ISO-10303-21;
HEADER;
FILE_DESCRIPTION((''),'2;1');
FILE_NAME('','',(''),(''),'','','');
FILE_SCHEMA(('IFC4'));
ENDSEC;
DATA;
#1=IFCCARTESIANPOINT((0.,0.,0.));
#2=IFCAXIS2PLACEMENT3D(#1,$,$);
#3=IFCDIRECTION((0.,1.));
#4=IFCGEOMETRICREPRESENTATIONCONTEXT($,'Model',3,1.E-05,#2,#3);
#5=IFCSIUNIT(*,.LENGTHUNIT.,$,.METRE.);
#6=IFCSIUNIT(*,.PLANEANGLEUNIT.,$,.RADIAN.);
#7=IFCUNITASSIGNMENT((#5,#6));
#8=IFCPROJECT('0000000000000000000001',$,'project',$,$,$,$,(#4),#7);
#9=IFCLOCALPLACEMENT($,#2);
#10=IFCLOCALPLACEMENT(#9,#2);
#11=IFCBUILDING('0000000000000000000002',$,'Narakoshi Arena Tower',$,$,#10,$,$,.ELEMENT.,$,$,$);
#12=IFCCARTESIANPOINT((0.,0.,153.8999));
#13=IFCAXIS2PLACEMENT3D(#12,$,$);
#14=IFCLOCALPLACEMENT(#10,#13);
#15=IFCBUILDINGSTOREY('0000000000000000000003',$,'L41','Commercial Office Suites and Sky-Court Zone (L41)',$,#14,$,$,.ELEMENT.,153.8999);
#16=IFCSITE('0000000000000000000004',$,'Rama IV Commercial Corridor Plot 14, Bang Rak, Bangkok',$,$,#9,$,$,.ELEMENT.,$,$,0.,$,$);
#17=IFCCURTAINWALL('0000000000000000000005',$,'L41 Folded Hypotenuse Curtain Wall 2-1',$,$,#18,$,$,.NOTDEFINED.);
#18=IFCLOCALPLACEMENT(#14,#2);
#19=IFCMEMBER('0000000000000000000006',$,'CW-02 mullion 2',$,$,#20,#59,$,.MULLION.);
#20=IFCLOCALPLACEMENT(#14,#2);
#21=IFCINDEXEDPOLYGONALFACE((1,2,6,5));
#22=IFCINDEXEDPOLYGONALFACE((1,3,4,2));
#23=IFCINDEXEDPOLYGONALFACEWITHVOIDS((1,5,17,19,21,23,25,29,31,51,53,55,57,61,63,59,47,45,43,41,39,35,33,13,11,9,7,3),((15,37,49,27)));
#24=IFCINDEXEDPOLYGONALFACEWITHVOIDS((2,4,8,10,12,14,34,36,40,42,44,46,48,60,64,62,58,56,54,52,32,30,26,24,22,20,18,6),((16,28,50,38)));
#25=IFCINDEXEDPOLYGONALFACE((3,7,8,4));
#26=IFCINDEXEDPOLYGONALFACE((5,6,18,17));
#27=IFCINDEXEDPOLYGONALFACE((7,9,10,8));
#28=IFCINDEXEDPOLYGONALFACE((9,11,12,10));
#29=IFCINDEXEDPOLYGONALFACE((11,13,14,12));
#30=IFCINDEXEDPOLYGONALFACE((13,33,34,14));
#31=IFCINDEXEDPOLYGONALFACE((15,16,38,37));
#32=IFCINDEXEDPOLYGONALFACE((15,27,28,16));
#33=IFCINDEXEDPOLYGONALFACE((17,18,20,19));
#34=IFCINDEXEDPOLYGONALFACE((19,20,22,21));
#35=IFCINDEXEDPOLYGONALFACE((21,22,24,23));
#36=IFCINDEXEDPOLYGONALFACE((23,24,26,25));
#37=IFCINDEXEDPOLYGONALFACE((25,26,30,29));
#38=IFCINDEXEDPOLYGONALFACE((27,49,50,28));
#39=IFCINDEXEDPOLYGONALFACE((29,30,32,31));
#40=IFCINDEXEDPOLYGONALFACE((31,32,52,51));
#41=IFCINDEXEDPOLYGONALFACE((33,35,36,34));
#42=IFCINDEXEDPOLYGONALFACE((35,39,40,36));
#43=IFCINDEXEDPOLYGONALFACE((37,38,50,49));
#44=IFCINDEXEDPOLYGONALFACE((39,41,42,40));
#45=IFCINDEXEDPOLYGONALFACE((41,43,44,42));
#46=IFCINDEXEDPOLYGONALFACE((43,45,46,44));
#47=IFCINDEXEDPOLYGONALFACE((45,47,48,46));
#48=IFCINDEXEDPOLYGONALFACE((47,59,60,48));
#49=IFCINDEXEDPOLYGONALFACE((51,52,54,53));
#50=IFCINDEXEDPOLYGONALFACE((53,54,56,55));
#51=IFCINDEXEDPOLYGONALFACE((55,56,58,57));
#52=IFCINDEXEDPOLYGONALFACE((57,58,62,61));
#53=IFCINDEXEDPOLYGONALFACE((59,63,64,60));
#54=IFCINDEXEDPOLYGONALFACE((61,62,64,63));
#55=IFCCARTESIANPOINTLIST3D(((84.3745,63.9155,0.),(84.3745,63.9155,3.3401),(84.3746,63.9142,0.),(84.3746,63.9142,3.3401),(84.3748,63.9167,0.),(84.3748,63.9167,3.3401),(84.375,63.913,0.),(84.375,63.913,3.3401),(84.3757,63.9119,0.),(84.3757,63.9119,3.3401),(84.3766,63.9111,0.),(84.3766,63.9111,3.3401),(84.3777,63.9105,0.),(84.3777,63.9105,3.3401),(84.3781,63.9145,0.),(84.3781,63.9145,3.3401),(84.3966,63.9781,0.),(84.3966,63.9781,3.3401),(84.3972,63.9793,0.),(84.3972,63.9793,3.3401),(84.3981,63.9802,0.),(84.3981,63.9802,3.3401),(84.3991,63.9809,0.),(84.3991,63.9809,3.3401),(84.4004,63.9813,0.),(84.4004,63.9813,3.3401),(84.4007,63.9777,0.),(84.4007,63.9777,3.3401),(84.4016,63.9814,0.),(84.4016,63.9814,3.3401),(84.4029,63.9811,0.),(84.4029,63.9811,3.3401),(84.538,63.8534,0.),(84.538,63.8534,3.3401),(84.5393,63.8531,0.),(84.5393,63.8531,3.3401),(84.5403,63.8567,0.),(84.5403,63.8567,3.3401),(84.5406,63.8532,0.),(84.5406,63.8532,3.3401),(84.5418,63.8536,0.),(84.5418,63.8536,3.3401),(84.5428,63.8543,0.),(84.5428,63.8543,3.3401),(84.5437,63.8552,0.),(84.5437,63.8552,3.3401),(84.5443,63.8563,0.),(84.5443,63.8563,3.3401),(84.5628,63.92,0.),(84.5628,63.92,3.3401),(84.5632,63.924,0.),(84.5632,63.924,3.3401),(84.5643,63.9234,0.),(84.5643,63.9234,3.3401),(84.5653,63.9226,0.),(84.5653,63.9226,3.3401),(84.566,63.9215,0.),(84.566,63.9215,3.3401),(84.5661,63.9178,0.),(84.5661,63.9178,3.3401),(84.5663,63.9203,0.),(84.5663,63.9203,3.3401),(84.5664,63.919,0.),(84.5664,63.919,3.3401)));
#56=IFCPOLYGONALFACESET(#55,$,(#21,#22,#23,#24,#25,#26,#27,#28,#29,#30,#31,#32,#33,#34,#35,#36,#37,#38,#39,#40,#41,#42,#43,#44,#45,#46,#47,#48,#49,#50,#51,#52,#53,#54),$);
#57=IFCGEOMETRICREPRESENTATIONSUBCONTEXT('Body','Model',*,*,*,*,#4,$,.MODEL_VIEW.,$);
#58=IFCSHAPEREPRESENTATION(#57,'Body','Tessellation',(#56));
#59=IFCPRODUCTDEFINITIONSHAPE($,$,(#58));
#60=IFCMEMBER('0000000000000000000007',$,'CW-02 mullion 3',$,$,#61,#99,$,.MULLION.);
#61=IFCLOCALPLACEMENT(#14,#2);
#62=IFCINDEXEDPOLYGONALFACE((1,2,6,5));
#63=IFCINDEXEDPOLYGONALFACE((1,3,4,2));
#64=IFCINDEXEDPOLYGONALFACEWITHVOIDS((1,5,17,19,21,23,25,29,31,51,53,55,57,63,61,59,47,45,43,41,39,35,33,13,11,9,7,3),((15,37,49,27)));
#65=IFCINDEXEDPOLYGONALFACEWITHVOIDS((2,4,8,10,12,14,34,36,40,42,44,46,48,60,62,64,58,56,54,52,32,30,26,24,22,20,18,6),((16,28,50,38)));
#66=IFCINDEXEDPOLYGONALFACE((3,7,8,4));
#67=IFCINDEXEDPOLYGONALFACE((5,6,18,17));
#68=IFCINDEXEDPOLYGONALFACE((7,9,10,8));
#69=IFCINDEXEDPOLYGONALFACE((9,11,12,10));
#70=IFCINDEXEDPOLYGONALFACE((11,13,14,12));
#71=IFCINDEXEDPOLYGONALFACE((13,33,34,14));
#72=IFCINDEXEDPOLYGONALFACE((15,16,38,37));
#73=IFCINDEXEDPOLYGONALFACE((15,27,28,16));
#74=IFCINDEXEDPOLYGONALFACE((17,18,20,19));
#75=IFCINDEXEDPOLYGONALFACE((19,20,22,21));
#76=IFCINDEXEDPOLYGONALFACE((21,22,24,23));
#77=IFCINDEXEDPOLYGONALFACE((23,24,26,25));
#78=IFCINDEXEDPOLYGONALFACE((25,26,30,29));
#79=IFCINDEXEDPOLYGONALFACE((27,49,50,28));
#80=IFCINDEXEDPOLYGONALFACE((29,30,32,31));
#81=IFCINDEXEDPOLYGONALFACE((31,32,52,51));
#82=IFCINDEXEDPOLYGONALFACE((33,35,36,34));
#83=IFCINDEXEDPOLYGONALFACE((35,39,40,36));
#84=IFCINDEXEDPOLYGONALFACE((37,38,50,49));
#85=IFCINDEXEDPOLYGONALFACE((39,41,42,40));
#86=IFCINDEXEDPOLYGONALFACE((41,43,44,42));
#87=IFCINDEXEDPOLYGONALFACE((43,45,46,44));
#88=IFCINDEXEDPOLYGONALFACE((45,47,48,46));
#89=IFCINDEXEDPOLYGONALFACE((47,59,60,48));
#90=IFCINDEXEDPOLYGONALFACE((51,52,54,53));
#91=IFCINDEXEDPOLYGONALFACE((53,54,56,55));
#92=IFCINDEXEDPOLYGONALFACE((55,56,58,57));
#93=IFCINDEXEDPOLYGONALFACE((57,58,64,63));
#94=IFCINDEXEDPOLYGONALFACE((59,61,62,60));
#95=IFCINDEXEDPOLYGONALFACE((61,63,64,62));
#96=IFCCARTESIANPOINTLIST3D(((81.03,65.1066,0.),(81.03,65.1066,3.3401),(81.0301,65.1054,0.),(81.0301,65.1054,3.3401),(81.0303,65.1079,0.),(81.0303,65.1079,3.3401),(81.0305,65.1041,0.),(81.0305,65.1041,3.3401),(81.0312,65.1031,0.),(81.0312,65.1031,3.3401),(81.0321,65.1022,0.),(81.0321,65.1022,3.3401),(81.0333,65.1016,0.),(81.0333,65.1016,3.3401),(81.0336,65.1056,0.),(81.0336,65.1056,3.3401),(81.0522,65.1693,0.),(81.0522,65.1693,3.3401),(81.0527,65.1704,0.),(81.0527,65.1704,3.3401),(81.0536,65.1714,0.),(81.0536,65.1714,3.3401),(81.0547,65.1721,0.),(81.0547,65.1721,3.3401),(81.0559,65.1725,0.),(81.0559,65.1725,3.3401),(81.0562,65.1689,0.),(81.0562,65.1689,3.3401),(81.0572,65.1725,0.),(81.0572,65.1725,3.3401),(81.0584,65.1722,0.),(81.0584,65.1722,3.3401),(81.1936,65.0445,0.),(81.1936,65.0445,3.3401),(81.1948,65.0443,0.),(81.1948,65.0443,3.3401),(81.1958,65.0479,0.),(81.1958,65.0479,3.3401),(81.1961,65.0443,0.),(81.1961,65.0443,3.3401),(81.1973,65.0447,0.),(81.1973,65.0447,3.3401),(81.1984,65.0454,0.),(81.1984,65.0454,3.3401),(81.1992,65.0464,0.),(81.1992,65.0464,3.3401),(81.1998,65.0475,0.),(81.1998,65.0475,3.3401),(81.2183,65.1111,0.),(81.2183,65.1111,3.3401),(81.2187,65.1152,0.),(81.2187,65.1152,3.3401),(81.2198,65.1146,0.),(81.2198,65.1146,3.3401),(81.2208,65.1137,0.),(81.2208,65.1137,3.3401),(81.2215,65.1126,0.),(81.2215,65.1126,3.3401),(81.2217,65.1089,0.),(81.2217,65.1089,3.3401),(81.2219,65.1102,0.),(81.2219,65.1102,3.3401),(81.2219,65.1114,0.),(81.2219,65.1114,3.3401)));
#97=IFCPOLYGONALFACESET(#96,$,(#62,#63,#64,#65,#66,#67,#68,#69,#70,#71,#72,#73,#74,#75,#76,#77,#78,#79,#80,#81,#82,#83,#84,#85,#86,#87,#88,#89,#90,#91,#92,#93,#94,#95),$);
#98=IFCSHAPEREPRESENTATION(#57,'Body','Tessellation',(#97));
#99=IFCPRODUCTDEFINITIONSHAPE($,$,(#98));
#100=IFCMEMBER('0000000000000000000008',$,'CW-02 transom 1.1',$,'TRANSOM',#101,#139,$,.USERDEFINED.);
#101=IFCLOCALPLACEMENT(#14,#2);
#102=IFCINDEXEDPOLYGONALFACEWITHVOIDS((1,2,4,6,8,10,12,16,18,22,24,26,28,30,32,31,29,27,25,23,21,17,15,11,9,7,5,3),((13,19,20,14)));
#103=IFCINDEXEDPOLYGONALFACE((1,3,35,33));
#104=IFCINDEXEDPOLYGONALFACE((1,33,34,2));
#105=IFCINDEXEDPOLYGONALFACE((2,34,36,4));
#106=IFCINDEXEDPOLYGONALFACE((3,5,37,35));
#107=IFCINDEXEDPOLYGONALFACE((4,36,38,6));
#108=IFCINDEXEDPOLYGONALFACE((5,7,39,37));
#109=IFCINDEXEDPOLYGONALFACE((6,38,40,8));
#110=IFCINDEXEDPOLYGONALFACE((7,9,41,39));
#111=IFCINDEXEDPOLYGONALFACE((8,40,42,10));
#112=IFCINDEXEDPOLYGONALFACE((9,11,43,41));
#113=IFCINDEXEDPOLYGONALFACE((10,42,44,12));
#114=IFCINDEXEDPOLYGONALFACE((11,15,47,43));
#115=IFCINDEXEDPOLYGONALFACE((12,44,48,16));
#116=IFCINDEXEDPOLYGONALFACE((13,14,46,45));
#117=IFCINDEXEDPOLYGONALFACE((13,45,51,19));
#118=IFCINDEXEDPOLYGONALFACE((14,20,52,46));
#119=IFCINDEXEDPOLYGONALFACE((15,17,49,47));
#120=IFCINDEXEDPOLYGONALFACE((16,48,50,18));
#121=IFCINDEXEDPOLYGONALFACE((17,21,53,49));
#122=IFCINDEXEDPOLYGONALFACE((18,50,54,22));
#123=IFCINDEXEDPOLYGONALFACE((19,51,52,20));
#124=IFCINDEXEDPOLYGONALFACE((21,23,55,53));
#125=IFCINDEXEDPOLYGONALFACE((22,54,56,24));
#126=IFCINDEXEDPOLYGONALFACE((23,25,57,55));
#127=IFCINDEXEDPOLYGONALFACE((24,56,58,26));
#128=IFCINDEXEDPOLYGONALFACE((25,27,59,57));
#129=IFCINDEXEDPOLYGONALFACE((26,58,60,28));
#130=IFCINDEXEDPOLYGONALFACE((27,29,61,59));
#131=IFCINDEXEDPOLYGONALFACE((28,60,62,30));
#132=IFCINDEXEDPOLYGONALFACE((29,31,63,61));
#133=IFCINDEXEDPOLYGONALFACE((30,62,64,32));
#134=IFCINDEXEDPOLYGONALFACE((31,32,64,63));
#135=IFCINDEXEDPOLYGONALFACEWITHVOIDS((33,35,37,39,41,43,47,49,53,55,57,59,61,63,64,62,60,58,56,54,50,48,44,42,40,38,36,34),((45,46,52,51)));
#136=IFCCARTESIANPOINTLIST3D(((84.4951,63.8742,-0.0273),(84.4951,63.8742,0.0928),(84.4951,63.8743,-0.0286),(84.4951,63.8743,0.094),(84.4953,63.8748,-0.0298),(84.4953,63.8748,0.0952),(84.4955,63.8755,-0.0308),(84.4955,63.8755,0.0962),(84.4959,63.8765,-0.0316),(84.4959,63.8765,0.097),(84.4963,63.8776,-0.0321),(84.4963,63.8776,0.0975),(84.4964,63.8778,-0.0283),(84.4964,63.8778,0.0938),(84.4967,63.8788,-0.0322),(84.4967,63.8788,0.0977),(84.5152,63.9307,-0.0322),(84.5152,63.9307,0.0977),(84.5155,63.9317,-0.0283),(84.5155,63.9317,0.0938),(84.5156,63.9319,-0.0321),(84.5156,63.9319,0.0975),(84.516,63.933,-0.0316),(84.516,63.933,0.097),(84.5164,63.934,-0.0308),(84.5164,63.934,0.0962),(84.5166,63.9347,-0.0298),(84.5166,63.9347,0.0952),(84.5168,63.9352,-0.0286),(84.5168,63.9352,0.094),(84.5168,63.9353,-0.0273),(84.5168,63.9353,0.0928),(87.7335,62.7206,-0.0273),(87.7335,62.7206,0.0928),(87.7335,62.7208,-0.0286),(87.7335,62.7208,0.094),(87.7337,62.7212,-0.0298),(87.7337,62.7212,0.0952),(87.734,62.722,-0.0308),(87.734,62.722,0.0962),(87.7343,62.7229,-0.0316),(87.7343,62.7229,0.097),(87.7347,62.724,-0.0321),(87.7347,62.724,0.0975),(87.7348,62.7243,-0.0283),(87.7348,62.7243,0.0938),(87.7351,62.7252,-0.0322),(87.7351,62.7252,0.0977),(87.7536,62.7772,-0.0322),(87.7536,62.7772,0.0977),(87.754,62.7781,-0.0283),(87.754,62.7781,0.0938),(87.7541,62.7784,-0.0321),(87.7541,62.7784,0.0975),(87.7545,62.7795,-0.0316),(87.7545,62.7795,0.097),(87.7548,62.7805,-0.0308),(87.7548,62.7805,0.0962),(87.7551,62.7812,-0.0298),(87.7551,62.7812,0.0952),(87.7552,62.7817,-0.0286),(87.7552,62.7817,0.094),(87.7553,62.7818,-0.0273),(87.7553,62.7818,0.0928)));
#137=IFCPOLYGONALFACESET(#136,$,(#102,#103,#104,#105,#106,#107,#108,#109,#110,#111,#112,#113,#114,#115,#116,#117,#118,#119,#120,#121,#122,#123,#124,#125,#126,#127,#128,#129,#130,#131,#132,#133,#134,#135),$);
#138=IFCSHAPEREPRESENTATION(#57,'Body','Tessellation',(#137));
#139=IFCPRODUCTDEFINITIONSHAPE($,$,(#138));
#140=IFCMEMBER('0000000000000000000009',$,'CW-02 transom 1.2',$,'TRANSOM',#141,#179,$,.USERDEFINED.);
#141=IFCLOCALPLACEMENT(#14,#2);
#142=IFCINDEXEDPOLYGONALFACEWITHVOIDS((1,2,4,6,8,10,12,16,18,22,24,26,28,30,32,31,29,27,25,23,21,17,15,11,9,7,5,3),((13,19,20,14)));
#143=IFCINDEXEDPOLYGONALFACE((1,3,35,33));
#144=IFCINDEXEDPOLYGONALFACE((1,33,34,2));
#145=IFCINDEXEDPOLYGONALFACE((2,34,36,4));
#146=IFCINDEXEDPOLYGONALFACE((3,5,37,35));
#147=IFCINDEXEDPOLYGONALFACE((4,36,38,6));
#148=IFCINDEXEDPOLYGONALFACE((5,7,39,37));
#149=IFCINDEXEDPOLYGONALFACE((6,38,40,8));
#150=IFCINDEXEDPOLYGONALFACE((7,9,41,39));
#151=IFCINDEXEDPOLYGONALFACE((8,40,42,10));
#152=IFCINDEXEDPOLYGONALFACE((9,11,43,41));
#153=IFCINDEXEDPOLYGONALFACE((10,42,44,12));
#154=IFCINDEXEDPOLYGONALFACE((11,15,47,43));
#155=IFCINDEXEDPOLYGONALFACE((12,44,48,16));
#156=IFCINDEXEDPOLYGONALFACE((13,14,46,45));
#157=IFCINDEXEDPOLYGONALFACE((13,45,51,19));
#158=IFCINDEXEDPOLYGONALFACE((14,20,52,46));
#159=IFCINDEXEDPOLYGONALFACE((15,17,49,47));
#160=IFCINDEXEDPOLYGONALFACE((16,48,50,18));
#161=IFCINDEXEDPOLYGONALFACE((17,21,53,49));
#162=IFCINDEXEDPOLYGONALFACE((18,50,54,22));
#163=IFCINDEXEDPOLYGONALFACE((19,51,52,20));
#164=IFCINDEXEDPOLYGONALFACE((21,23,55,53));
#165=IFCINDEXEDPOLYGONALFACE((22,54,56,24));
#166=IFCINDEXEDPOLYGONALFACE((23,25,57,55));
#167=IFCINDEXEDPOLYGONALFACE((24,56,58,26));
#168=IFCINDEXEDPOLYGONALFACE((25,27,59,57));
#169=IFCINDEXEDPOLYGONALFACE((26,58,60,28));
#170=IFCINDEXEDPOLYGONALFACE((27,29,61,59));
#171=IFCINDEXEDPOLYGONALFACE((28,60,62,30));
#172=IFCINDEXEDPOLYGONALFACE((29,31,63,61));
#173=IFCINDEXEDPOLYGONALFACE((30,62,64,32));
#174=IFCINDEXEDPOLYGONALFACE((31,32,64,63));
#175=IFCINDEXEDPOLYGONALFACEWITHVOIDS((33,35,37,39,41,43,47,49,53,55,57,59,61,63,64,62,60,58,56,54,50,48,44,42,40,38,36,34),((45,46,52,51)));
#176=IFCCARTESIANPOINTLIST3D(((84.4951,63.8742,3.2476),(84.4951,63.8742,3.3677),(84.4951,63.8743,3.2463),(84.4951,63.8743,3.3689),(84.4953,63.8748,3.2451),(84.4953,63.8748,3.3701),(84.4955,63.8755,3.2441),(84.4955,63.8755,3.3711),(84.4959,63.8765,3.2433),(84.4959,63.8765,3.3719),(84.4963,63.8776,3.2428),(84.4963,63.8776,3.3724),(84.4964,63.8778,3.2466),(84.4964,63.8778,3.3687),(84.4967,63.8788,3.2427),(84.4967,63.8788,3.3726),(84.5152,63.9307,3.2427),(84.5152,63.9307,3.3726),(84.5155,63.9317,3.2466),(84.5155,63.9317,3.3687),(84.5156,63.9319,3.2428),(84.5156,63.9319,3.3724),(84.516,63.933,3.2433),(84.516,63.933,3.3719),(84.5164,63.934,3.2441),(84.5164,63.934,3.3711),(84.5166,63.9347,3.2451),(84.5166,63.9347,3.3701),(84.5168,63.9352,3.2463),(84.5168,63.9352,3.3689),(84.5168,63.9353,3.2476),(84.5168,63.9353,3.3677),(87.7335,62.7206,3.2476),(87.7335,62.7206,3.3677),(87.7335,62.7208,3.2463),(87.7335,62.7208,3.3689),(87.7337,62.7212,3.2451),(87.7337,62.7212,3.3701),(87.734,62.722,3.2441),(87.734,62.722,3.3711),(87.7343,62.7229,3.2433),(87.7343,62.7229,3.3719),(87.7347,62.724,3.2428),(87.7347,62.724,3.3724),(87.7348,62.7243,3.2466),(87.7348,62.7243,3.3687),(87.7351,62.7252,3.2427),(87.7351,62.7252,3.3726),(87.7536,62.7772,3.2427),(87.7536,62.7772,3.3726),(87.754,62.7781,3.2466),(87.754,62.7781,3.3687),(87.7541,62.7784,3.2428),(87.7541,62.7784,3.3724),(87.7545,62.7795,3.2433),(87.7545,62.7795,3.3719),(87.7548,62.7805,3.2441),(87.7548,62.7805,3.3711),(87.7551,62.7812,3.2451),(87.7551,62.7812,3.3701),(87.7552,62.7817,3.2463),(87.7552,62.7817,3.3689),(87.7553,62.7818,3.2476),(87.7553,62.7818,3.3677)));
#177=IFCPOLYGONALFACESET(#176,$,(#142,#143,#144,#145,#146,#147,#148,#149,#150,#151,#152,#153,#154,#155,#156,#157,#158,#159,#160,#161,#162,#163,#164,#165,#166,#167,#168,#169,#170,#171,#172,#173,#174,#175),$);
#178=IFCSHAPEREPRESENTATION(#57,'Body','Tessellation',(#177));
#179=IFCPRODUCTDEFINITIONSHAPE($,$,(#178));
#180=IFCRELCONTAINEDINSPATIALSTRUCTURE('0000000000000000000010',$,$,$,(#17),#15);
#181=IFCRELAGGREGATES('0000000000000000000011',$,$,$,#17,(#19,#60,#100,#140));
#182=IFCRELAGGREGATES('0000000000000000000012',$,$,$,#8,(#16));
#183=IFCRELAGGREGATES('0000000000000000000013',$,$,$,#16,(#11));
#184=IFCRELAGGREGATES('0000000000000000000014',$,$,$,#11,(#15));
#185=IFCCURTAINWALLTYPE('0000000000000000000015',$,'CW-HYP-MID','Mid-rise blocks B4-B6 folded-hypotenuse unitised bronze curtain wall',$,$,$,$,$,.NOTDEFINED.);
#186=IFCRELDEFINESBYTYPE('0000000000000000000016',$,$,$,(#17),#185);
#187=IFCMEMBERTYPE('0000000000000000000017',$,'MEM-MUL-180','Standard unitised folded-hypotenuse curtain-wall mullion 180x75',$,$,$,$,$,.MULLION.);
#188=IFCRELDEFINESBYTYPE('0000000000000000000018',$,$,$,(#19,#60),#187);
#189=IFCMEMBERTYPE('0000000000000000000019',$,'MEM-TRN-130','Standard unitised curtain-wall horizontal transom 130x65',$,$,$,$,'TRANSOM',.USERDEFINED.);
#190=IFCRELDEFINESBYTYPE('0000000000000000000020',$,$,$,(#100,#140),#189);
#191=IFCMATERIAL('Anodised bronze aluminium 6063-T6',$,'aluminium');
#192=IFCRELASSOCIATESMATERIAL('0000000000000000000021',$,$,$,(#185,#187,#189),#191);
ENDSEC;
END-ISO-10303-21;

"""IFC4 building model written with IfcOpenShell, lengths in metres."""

from ifc_helpers import new_model, si_unit, direction, frame, origin, origin_2d, place, context, subcontext, project, spatial, hollow_rectangle, extrude, material, material_profile, profile_set, type_object, element, aggregate, save


model = new_model("IFC4")

# Units and contexts
model_context = context("Model", 3, precision=1e-05, world=origin(), true_north=direction((0.0, 1.0)))
body_context = subcontext(model_context, "Body", "Model", "MODEL_VIEW")
ifc_project = project(units=[si_unit("LENGTHUNIT", "METRE"), si_unit("PLANEANGLEUNIT", "RADIAN")], contexts=[model_context])

# Site, building, storey
site_placement = place(None, origin())
site = spatial("IfcSite", under=ifc_project, at=site_placement, Name="Rama IV Commercial Corridor Plot 14, Bang Rak, Bangkok", CompositionType="ELEMENT", RefElevation=0.0)
building_placement = place(site_placement, origin())
building = spatial("IfcBuilding", under=site, at=building_placement, Name="Narakoshi Arena Tower", CompositionType="ELEMENT")
storey_placement = place(building_placement, frame((0.0, 0.0, 153.8999)))
storey = spatial("IfcBuildingStorey", under=building, at=storey_placement, Name="L41", Description="Commercial Office Suites and Sky-Court Zone (L41)", CompositionType="ELEMENT", Elevation=153.8999)

# Shared definitions
ifc_material_1 = material(Name="Anodised bronze aluminium 6063-T6", Category="aluminium")
curtain_wall_type = type_object("IfcCurtainWallType", Name="CW-HYP-MID", Description="Mid-rise blocks B4-B6 folded-hypotenuse unitised bronze curtain wall", PredefinedType="NOTDEFINED", material=ifc_material_1)
ifc_material_profile_1 = material_profile(ifc_material_1, hollow_rectangle(XDim=0.075, YDim=0.1799, WallThickness=0.0039, OuterFilletRadius=0.0049, at=origin_2d()), Name="MUL180x75x4")
ifc_profile_set_1 = profile_set([ifc_material_profile_1], Name="Anodised bronze aluminium 6063-T6")
member_type_1 = type_object("IfcMemberType", Name="MEM-MUL-180", Description="Standard unitised folded-hypotenuse curtain-wall mullion 180x75", PredefinedType="MULLION", material=ifc_profile_set_1)

# Curtain wall, members
curtain_wall_1_placement = place(storey_placement, origin())
curtain_wall_1 = element("IfcCurtainWall", 1, at=curtain_wall_1_placement, inside=storey, type_object=curtain_wall_type, Name="L41 Folded Hypotenuse Curtain Wall 2-1", PredefinedType="NOTDEFINED")
member_1_placement = place(storey_placement, frame((84.4705, 63.9172, 0.0), z_axis=(0.0, 0.0, 1.0), x_axis=(-0.335518, -0.942034, 0.0)))
member_1 = element("IfcMember", 2, at=member_1_placement, type_object=member_type_1, Name="CW-02 mullion 2", PredefinedType="MULLION", context=body_context, shape_type="SweptSolid", body=[
    extrude(hollow_rectangle(XDim=0.075, YDim=0.1799, WallThickness=0.0039, OuterFilletRadius=0.0049, at=origin_2d()), origin(), (0.0, 0.0, 1.0), 3.3401),
])
member_2_placement = place(storey_placement, frame((81.126, 65.1084, 0.0), z_axis=(0.0, 0.0, 1.0), x_axis=(-0.335518, -0.942034, 0.0)))
member_2 = element("IfcMember", 3, at=member_2_placement, type_object=member_type_1, Name="CW-02 mullion 3", PredefinedType="MULLION", context=body_context, shape_type="SweptSolid", body=[
    extrude(hollow_rectangle(XDim=0.075, YDim=0.1799, WallThickness=0.0039, OuterFilletRadius=0.0049, at=origin_2d()), origin(), (0.0, 0.0, 1.0), 3.3401),
])
ifc_material_profile_2 = material_profile(ifc_material_1, hollow_rectangle(XDim=0.0649, YDim=0.1299, WallThickness=0.0039, OuterFilletRadius=0.0049, at=origin_2d()), Name="TRN130x65x4")
ifc_profile_set_2 = profile_set([ifc_material_profile_2], Name="Anodised bronze aluminium 6063-T6")
member_type_2 = type_object("IfcMemberType", Name="MEM-TRN-130", Description="Standard unitised curtain-wall horizontal transom 130x65", ElementType="TRANSOM", PredefinedType="USERDEFINED", material=ifc_profile_set_2)
member_3_placement = place(storey_placement, frame((87.7444, 62.7512, 0.0327), z_axis=(-0.942023, 0.335549, 0.0), x_axis=(-0.335549, -0.942023, 0.0)))
member_3 = element("IfcMember", 4, at=member_3_placement, type_object=member_type_2, Name="CW-02 transom 1.1", ObjectType="TRANSOM", PredefinedType="USERDEFINED", context=body_context, shape_type="SweptSolid", body=[
    extrude(hollow_rectangle(XDim=0.0649, YDim=0.1299, WallThickness=0.0039, OuterFilletRadius=0.0049, at=origin_2d()), origin(), (0.0, 0.0, 1.0), 3.4377),
])
member_4_placement = place(storey_placement, frame((87.7444, 62.7512, 3.3076), z_axis=(-0.942023, 0.335549, 0.0), x_axis=(-0.335549, -0.942023, 0.0)))
member_4 = element("IfcMember", 5, at=member_4_placement, type_object=member_type_2, Name="CW-02 transom 1.2", ObjectType="TRANSOM", PredefinedType="USERDEFINED", context=body_context, shape_type="SweptSolid", body=[
    extrude(hollow_rectangle(XDim=0.0649, YDim=0.1299, WallThickness=0.0039, OuterFilletRadius=0.0049, at=origin_2d()), origin(), (0.0, 0.0, 1.0), 3.4377),
])
aggregate(curtain_wall_1, [member_1, member_2, member_3, member_4])

save(model, "model.ifc")
